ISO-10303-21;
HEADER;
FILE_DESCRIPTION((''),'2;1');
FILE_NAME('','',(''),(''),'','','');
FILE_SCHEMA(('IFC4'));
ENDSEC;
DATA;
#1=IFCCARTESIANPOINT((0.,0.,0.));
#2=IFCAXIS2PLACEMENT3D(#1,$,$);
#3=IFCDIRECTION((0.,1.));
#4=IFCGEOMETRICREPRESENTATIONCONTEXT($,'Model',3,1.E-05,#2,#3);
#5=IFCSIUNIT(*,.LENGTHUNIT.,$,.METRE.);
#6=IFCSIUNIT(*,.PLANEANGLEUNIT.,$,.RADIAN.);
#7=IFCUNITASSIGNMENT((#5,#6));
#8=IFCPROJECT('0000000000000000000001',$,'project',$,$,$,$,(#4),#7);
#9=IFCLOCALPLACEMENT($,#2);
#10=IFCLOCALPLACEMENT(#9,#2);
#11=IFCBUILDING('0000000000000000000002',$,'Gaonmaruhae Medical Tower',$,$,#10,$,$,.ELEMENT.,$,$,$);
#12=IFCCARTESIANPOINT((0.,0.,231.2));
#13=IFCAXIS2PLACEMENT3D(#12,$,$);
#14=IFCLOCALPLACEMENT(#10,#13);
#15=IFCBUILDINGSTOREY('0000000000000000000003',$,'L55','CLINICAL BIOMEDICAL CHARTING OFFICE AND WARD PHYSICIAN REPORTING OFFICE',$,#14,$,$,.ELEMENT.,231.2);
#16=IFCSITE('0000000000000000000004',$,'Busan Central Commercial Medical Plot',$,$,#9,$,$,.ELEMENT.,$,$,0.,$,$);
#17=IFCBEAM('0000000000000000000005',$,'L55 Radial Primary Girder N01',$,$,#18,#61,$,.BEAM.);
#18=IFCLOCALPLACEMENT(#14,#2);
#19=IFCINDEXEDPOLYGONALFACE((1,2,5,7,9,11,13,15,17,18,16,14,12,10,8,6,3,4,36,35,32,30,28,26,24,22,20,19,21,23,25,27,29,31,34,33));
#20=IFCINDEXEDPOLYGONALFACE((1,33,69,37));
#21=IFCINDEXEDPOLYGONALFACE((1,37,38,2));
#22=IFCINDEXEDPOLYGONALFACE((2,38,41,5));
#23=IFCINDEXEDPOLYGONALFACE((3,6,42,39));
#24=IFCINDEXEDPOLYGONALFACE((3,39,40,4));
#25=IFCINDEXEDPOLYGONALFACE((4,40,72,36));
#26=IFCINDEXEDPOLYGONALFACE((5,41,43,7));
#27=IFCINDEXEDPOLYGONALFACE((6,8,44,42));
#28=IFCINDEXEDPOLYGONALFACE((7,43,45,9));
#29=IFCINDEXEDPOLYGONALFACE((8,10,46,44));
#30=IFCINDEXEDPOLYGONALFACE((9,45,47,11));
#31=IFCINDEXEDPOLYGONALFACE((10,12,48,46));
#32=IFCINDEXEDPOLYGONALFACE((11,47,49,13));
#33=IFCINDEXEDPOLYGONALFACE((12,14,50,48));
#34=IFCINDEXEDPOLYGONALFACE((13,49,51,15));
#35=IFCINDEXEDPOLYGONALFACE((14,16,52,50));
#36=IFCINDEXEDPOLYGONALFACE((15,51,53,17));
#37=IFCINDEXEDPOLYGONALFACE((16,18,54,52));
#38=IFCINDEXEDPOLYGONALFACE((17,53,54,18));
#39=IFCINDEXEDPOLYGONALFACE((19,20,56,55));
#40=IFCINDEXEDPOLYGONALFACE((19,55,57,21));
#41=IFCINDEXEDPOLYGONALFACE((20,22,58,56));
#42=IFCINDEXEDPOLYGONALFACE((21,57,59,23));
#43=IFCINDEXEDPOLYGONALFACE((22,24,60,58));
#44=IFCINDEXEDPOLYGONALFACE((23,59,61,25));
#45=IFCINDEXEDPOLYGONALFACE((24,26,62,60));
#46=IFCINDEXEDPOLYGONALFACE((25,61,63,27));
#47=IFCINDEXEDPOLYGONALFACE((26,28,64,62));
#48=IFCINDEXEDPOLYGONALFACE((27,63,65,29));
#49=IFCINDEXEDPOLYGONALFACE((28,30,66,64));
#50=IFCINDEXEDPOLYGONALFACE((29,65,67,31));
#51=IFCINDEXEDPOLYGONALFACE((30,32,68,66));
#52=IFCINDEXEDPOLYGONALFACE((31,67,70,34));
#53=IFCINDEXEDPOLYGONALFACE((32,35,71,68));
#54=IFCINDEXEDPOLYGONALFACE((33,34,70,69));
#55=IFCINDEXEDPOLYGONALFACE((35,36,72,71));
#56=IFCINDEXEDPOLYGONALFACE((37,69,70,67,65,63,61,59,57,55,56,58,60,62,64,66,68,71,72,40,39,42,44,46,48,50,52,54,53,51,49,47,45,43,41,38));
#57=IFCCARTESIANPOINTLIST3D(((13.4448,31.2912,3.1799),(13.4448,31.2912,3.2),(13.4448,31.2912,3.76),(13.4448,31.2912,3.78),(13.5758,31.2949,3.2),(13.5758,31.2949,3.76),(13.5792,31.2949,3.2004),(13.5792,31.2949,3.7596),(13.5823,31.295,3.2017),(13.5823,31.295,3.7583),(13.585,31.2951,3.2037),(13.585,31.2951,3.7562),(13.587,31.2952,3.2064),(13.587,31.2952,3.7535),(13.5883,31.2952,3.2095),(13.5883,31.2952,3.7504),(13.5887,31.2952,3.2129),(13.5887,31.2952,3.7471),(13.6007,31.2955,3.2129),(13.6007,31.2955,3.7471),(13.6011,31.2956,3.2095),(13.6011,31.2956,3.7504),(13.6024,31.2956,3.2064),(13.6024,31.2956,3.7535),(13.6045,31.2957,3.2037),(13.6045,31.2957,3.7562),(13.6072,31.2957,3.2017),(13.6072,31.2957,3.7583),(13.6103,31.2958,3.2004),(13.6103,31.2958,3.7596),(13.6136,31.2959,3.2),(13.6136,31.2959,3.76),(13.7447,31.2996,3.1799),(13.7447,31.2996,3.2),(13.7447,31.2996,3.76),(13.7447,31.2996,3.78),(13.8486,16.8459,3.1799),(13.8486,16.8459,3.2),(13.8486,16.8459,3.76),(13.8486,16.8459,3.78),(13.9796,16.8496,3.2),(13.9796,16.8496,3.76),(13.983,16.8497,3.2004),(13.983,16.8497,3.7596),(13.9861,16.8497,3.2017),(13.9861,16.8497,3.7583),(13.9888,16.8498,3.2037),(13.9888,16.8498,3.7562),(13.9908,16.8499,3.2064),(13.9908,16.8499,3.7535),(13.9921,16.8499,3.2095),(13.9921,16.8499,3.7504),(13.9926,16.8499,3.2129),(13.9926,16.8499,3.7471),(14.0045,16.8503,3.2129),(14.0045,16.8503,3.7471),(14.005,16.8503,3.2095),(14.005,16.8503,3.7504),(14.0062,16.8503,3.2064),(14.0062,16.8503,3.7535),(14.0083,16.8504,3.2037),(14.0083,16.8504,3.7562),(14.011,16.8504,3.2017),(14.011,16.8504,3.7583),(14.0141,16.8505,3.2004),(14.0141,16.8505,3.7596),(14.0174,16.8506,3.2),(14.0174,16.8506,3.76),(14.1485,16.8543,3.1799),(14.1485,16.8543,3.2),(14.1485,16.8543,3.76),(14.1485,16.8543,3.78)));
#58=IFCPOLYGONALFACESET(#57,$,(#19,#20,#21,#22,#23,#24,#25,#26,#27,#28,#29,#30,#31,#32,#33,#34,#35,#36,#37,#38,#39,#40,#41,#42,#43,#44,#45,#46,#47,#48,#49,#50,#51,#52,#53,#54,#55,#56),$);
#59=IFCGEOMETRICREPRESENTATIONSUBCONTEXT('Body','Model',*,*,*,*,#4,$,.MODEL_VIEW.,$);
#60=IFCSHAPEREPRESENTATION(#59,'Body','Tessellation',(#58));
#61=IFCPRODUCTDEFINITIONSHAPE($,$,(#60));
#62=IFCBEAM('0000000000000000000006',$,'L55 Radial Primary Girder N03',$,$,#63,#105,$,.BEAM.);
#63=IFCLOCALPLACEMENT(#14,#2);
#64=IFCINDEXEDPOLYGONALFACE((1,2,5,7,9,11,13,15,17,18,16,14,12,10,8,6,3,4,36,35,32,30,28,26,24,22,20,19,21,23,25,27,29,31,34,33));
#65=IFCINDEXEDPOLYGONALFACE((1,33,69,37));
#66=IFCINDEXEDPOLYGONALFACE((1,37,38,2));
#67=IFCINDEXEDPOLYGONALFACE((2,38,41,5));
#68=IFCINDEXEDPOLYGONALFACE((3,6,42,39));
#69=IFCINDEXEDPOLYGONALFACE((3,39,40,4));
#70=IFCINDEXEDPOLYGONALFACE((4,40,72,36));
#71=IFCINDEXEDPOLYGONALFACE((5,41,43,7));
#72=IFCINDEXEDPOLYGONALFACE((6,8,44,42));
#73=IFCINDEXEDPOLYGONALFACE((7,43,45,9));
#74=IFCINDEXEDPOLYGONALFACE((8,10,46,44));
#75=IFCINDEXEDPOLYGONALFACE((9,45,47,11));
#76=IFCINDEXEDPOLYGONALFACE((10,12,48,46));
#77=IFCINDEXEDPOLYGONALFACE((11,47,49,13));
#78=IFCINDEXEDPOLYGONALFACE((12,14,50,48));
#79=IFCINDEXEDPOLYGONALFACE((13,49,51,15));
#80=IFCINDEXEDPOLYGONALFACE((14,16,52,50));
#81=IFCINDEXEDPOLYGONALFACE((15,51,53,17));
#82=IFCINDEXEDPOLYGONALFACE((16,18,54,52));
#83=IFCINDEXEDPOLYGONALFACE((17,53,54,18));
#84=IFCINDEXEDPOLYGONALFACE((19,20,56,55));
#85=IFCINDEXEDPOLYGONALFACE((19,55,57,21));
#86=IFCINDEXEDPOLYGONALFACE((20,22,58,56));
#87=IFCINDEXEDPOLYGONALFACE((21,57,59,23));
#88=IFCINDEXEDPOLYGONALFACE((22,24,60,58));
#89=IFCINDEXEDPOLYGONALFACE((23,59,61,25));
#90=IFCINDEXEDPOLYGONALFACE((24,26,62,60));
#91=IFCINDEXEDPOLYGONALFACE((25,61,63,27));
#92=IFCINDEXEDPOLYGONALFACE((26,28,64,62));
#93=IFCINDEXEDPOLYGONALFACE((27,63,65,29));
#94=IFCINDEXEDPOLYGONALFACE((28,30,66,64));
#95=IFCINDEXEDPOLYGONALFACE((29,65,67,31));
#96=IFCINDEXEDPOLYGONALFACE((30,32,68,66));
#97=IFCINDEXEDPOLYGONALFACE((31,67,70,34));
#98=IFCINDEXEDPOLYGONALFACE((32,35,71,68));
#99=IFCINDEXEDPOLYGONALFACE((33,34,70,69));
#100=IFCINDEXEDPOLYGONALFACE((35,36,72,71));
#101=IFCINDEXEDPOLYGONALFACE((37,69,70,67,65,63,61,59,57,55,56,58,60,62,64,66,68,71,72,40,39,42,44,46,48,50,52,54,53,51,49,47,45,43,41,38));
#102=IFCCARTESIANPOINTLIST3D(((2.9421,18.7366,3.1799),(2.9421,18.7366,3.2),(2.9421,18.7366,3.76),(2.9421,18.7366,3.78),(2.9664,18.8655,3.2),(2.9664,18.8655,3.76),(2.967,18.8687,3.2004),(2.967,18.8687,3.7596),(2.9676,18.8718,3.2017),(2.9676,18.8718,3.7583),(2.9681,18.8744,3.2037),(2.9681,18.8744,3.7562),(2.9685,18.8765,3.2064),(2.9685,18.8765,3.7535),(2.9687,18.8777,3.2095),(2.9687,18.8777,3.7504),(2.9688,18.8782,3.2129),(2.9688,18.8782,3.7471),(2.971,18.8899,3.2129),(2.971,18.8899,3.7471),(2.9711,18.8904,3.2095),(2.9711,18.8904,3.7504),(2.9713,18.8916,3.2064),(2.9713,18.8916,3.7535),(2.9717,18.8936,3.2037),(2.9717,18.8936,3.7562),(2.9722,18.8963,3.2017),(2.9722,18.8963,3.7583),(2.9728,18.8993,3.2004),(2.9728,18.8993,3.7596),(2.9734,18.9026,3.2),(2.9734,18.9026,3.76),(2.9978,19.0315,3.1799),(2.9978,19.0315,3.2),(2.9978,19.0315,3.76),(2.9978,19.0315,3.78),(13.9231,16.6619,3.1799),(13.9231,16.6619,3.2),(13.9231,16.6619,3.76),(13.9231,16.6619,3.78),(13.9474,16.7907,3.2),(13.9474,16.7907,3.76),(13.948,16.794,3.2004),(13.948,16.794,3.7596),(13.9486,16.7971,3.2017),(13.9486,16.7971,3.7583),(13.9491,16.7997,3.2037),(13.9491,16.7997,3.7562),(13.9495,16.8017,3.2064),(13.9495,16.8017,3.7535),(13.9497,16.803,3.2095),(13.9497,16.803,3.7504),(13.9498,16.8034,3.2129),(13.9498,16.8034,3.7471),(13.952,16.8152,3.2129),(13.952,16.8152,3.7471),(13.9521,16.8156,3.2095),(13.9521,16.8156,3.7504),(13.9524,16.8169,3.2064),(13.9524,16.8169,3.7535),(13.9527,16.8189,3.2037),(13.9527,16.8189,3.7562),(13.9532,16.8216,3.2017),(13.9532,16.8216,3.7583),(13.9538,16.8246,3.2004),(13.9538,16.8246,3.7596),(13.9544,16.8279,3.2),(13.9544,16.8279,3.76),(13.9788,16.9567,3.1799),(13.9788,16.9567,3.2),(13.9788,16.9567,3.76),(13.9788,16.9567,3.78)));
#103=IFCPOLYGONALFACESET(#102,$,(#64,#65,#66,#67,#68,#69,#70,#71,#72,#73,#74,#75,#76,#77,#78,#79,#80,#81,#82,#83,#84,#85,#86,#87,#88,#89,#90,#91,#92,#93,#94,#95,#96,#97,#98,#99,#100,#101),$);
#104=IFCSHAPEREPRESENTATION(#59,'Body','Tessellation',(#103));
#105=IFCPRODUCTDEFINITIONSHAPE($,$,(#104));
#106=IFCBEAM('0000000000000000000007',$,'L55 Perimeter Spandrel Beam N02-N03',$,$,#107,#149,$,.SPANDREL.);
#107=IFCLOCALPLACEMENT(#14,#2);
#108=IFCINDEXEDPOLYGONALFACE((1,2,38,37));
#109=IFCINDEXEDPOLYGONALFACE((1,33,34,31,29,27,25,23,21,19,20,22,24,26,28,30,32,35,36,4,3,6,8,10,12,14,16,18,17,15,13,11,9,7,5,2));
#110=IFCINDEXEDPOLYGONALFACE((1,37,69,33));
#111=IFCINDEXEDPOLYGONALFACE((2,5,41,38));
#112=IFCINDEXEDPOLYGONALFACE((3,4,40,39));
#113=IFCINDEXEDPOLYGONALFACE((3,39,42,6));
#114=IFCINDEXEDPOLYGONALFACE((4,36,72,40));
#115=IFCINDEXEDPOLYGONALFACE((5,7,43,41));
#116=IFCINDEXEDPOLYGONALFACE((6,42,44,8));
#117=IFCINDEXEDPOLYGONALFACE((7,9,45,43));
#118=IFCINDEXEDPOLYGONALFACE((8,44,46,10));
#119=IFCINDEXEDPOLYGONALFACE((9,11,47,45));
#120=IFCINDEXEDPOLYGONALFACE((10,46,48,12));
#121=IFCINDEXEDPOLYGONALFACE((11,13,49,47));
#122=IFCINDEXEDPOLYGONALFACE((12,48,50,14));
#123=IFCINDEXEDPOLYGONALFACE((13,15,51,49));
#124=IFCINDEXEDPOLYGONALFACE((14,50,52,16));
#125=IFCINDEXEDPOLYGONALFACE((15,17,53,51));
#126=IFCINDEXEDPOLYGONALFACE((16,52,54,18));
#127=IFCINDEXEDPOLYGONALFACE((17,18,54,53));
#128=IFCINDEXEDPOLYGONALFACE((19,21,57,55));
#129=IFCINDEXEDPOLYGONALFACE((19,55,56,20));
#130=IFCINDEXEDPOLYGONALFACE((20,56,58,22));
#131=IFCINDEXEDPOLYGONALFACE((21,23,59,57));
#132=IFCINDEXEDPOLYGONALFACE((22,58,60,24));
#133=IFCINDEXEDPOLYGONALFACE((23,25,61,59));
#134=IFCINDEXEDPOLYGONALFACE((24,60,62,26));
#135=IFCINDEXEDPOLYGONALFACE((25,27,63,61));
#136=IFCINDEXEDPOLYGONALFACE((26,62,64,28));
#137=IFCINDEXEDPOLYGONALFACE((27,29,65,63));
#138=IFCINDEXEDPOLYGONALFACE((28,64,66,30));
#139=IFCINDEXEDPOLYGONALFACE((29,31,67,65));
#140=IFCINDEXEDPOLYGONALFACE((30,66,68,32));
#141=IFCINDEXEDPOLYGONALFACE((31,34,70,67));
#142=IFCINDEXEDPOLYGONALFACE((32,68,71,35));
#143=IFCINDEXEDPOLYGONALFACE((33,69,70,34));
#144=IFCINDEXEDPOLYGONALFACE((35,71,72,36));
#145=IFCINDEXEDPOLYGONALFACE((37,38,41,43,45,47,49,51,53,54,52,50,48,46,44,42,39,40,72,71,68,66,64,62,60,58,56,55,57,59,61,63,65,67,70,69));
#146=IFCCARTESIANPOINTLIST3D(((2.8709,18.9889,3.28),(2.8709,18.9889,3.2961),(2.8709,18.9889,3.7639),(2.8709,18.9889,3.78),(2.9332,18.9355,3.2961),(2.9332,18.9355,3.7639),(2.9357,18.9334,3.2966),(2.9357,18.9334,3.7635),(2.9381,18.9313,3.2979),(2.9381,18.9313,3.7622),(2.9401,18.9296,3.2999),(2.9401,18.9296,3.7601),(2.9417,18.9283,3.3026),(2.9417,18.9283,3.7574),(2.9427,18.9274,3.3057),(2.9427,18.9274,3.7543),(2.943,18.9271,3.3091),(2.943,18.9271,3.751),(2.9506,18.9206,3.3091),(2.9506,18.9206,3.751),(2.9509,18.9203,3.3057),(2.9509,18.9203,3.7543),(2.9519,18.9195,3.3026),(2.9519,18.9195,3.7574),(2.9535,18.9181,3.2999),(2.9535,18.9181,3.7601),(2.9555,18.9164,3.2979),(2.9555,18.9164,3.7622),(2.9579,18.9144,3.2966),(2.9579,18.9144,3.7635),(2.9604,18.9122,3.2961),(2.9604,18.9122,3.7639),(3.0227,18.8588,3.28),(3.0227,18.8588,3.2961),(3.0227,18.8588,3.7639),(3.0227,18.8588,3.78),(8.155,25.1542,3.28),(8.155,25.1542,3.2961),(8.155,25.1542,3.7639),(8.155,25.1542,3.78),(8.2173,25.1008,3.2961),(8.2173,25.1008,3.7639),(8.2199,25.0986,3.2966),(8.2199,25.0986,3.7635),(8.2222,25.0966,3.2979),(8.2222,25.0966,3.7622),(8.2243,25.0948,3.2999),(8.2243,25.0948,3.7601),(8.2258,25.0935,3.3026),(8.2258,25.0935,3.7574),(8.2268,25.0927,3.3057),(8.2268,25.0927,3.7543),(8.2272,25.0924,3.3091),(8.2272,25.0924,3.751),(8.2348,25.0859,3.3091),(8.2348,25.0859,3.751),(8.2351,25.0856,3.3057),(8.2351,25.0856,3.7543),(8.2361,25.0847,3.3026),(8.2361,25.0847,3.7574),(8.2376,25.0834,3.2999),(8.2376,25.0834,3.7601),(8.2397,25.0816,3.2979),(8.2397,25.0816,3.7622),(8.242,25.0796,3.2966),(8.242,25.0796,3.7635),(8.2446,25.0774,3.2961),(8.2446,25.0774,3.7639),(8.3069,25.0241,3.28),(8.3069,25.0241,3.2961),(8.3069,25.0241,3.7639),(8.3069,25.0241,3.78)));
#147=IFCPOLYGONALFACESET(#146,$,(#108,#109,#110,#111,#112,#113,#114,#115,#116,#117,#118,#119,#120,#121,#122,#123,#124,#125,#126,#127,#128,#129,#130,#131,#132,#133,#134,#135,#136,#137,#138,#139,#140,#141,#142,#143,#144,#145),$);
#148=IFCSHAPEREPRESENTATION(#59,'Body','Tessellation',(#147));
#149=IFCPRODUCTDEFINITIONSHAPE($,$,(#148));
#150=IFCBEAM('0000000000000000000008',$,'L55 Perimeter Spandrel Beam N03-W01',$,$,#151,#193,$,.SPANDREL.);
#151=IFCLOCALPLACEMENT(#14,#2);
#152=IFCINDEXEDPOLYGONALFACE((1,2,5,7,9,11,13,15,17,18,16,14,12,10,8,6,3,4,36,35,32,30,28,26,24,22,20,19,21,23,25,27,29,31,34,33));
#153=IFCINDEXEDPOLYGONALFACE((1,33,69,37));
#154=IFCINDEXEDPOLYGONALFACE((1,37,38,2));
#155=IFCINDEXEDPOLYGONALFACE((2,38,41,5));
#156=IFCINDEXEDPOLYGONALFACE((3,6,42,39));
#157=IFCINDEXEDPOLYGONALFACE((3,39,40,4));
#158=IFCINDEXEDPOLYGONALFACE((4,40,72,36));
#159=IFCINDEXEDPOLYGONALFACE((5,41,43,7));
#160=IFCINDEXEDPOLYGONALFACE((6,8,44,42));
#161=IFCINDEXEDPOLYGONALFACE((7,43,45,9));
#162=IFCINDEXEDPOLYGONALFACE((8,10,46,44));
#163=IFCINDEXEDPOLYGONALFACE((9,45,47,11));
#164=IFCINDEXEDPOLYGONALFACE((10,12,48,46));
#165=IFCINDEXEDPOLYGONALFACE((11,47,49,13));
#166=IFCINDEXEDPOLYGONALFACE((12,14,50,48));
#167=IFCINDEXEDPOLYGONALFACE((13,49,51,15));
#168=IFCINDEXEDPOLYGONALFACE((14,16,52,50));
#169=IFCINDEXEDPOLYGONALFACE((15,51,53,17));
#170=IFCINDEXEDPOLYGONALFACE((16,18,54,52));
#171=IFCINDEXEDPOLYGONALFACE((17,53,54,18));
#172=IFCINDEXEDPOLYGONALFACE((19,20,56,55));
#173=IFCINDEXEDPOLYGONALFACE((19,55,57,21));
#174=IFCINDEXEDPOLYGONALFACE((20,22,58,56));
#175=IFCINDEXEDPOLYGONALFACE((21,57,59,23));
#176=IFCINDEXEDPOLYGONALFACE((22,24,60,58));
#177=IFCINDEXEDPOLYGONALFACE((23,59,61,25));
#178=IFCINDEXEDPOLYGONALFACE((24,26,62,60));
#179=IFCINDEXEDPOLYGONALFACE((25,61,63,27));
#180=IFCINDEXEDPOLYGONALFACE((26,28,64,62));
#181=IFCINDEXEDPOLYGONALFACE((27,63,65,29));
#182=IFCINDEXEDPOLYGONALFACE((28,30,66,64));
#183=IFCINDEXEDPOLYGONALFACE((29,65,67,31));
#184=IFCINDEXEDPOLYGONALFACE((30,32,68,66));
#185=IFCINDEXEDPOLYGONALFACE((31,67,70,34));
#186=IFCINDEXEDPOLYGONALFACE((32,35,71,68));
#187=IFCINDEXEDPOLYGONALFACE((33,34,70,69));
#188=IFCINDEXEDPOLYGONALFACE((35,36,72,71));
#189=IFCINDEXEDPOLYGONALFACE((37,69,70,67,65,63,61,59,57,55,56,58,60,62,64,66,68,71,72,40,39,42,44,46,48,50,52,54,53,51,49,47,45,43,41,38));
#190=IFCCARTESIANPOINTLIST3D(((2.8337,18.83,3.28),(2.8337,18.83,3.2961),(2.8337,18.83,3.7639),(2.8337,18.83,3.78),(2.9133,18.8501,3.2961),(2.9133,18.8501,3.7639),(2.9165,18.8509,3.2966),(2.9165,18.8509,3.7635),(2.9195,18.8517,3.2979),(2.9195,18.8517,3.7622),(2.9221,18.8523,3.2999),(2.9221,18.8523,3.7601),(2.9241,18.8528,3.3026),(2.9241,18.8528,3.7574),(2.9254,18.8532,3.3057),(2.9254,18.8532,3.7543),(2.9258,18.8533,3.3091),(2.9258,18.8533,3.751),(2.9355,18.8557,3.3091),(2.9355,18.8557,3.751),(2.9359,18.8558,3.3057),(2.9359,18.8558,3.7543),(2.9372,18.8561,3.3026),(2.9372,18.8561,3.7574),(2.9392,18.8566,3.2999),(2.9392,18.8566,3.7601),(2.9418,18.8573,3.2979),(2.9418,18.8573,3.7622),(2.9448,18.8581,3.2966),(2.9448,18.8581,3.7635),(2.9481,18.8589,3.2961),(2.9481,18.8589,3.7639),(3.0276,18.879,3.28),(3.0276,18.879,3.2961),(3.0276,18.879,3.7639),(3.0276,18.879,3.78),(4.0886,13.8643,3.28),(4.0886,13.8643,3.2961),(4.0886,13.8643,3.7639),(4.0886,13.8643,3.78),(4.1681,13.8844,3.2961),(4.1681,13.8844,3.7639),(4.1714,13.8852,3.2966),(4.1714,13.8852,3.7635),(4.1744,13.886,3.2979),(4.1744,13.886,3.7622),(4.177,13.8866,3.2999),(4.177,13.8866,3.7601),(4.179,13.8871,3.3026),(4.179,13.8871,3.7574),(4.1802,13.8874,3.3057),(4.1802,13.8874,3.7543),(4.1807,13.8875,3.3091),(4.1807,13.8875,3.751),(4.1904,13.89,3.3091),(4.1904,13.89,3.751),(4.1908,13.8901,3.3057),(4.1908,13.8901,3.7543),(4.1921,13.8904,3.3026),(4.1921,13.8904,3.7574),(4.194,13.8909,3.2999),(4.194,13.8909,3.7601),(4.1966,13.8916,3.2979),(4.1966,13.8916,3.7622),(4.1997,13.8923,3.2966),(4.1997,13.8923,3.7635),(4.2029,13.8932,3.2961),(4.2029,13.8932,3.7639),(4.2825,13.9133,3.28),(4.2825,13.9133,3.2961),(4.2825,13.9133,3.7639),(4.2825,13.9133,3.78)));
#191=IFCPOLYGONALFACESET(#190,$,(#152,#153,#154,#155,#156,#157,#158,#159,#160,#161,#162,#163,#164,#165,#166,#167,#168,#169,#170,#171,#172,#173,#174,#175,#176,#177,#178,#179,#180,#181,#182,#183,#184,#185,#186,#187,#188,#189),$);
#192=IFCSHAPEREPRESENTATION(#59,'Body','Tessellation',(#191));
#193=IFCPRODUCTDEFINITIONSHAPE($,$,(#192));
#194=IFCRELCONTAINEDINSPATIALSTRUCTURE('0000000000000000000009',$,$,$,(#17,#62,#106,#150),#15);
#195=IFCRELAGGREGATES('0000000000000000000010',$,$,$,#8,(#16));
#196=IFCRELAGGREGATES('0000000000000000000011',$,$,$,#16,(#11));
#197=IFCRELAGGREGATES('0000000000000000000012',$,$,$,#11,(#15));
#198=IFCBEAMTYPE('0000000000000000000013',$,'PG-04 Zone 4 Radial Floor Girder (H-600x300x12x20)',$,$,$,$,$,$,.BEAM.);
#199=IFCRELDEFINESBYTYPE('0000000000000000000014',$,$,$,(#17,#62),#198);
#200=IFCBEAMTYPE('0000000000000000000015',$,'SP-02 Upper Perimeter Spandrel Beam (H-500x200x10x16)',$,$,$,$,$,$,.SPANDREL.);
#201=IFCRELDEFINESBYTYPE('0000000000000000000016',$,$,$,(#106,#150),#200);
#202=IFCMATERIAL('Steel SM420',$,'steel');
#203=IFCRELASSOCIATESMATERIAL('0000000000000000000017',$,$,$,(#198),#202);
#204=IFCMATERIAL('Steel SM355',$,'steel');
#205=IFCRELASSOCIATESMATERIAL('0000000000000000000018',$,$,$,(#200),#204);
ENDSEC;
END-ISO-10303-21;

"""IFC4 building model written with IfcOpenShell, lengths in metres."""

from ifc_helpers import new_model, si_unit, direction, frame, origin, origin_2d, place, context, subcontext, project, spatial, i_section, extrude, material, material_profile, profile_set, type_object, element, save


model = new_model("IFC4")

# Units and contexts
model_context = context("Model", 3, precision=1e-05, world=origin(), true_north=direction((0.0, 1.0)))
body_context = subcontext(model_context, "Body", "Model", "MODEL_VIEW")
ifc_project = project(units=[si_unit("LENGTHUNIT", "METRE"), si_unit("PLANEANGLEUNIT", "RADIAN")], contexts=[model_context])

# Site, building, storey
site_placement = place(None, origin())
site = spatial("IfcSite", under=ifc_project, at=site_placement, Name="Busan Central Commercial Medical Plot", CompositionType="ELEMENT", RefElevation=0.0)
building_placement = place(site_placement, origin())
building = spatial("IfcBuilding", under=site, at=building_placement, Name="Gaonmaruhae Medical Tower", CompositionType="ELEMENT")
storey_placement = place(building_placement, frame((0.0, 0.0, 231.2)))
storey = spatial("IfcBuildingStorey", under=building, at=storey_placement, Name="L55", Description="CLINICAL BIOMEDICAL CHARTING OFFICE AND WARD PHYSICIAN REPORTING OFFICE", CompositionType="ELEMENT", Elevation=231.2)

# Beams
ifc_material_1 = material(Name="Steel SM355", Category="steel")
ifc_material_2 = material(Name="Steel SM420", Category="steel")
ifc_material_profile_1 = material_profile(ifc_material_2, i_section(OverallWidth=0.3, OverallDepth=0.6001, WebThickness=0.012, FlangeThickness=0.02, FilletRadius=0.0129, at=origin_2d()), Name="H-600x300x12x20")
ifc_profile_set_1 = profile_set([ifc_material_profile_1], Name="Steel SM420")
beam_type_1 = type_object("IfcBeamType", Name="PG-04 Zone 4 Radial Floor Girder (H-600x300x12x20)", PredefinedType="BEAM", material=ifc_profile_set_1)
beam_1_placement = place(storey_placement, frame((13.9985, 16.8501, 3.48), z_axis=(-0.027943, 0.99961, 0.0), x_axis=(-0.99961, -0.027943, 0.0)))
element("IfcBeam", 1, at=beam_1_placement, inside=storey, type_object=beam_type_1, Name="L55 Radial Primary Girder N01", PredefinedType="BEAM", context=body_context, shape_type="SweptSolid", body=[
    extrude(i_section(OverallWidth=0.3, OverallDepth=0.6001, WebThickness=0.012, FlangeThickness=0.02, FilletRadius=0.0129, at=origin_2d()), origin(), (0.0, 0.0, 1.0), 14.4509),
])
beam_2_placement = place(storey_placement, frame((13.9509, 16.8093, 3.48), z_axis=(-0.982616, 0.185652, 0.0), x_axis=(-0.185652, -0.982616, 0.0)))
element("IfcBeam", 2, at=beam_2_placement, inside=storey, type_object=beam_type_1, Name="L55 Radial Primary Girder N03", PredefinedType="BEAM", context=body_context, shape_type="SweptSolid", body=[
    extrude(i_section(OverallWidth=0.3, OverallDepth=0.6001, WebThickness=0.012, FlangeThickness=0.02, FilletRadius=0.0129, at=origin_2d()), origin(), (0.0, 0.0, 1.0), 11.1753),
])
ifc_material_profile_2 = material_profile(ifc_material_1, i_section(OverallWidth=0.2, OverallDepth=0.5, WebThickness=0.01, FlangeThickness=0.0161, FilletRadius=0.0129, at=origin_2d()), Name="H-500x200x10x16")
ifc_profile_set_2 = profile_set([ifc_material_profile_2], Name="Steel SM355")
beam_type_2 = type_object("IfcBeamType", Name="SP-02 Upper Perimeter Spandrel Beam (H-500x200x10x16)", PredefinedType="SPANDREL", material=ifc_profile_set_2)
beam_3_placement = place(storey_placement, frame((8.231, 25.0891, 3.53), z_axis=(-0.650767, -0.759278, 0.0), x_axis=(0.759278, -0.650767, 0.0)))
element("IfcBeam", 3, at=beam_3_placement, inside=storey, type_object=beam_type_2, Name="L55 Perimeter Spandrel Beam N02-N03", PredefinedType="SPANDREL", context=body_context, shape_type="SweptSolid", body=[
    extrude(i_section(OverallWidth=0.2, OverallDepth=0.5, WebThickness=0.01, FlangeThickness=0.0161, FilletRadius=0.0129, at=origin_2d()), origin(), (0.0, 0.0, 1.0), 8.1199),
])
beam_4_placement = place(storey_placement, frame((2.9307, 18.8545, 3.53), z_axis=(0.245002, -0.969523, 0.0), x_axis=(0.969523, 0.245002, 0.0)))
element("IfcBeam", 4, at=beam_4_placement, inside=storey, type_object=beam_type_2, Name="L55 Perimeter Spandrel Beam N03-W01", PredefinedType="SPANDREL", context=body_context, shape_type="SweptSolid", body=[
    extrude(i_section(OverallWidth=0.2, OverallDepth=0.5, WebThickness=0.01, FlangeThickness=0.0161, FilletRadius=0.0129, at=origin_2d()), origin(), (0.0, 0.0, 1.0), 5.1218),
])

save(model, "model.ifc")
